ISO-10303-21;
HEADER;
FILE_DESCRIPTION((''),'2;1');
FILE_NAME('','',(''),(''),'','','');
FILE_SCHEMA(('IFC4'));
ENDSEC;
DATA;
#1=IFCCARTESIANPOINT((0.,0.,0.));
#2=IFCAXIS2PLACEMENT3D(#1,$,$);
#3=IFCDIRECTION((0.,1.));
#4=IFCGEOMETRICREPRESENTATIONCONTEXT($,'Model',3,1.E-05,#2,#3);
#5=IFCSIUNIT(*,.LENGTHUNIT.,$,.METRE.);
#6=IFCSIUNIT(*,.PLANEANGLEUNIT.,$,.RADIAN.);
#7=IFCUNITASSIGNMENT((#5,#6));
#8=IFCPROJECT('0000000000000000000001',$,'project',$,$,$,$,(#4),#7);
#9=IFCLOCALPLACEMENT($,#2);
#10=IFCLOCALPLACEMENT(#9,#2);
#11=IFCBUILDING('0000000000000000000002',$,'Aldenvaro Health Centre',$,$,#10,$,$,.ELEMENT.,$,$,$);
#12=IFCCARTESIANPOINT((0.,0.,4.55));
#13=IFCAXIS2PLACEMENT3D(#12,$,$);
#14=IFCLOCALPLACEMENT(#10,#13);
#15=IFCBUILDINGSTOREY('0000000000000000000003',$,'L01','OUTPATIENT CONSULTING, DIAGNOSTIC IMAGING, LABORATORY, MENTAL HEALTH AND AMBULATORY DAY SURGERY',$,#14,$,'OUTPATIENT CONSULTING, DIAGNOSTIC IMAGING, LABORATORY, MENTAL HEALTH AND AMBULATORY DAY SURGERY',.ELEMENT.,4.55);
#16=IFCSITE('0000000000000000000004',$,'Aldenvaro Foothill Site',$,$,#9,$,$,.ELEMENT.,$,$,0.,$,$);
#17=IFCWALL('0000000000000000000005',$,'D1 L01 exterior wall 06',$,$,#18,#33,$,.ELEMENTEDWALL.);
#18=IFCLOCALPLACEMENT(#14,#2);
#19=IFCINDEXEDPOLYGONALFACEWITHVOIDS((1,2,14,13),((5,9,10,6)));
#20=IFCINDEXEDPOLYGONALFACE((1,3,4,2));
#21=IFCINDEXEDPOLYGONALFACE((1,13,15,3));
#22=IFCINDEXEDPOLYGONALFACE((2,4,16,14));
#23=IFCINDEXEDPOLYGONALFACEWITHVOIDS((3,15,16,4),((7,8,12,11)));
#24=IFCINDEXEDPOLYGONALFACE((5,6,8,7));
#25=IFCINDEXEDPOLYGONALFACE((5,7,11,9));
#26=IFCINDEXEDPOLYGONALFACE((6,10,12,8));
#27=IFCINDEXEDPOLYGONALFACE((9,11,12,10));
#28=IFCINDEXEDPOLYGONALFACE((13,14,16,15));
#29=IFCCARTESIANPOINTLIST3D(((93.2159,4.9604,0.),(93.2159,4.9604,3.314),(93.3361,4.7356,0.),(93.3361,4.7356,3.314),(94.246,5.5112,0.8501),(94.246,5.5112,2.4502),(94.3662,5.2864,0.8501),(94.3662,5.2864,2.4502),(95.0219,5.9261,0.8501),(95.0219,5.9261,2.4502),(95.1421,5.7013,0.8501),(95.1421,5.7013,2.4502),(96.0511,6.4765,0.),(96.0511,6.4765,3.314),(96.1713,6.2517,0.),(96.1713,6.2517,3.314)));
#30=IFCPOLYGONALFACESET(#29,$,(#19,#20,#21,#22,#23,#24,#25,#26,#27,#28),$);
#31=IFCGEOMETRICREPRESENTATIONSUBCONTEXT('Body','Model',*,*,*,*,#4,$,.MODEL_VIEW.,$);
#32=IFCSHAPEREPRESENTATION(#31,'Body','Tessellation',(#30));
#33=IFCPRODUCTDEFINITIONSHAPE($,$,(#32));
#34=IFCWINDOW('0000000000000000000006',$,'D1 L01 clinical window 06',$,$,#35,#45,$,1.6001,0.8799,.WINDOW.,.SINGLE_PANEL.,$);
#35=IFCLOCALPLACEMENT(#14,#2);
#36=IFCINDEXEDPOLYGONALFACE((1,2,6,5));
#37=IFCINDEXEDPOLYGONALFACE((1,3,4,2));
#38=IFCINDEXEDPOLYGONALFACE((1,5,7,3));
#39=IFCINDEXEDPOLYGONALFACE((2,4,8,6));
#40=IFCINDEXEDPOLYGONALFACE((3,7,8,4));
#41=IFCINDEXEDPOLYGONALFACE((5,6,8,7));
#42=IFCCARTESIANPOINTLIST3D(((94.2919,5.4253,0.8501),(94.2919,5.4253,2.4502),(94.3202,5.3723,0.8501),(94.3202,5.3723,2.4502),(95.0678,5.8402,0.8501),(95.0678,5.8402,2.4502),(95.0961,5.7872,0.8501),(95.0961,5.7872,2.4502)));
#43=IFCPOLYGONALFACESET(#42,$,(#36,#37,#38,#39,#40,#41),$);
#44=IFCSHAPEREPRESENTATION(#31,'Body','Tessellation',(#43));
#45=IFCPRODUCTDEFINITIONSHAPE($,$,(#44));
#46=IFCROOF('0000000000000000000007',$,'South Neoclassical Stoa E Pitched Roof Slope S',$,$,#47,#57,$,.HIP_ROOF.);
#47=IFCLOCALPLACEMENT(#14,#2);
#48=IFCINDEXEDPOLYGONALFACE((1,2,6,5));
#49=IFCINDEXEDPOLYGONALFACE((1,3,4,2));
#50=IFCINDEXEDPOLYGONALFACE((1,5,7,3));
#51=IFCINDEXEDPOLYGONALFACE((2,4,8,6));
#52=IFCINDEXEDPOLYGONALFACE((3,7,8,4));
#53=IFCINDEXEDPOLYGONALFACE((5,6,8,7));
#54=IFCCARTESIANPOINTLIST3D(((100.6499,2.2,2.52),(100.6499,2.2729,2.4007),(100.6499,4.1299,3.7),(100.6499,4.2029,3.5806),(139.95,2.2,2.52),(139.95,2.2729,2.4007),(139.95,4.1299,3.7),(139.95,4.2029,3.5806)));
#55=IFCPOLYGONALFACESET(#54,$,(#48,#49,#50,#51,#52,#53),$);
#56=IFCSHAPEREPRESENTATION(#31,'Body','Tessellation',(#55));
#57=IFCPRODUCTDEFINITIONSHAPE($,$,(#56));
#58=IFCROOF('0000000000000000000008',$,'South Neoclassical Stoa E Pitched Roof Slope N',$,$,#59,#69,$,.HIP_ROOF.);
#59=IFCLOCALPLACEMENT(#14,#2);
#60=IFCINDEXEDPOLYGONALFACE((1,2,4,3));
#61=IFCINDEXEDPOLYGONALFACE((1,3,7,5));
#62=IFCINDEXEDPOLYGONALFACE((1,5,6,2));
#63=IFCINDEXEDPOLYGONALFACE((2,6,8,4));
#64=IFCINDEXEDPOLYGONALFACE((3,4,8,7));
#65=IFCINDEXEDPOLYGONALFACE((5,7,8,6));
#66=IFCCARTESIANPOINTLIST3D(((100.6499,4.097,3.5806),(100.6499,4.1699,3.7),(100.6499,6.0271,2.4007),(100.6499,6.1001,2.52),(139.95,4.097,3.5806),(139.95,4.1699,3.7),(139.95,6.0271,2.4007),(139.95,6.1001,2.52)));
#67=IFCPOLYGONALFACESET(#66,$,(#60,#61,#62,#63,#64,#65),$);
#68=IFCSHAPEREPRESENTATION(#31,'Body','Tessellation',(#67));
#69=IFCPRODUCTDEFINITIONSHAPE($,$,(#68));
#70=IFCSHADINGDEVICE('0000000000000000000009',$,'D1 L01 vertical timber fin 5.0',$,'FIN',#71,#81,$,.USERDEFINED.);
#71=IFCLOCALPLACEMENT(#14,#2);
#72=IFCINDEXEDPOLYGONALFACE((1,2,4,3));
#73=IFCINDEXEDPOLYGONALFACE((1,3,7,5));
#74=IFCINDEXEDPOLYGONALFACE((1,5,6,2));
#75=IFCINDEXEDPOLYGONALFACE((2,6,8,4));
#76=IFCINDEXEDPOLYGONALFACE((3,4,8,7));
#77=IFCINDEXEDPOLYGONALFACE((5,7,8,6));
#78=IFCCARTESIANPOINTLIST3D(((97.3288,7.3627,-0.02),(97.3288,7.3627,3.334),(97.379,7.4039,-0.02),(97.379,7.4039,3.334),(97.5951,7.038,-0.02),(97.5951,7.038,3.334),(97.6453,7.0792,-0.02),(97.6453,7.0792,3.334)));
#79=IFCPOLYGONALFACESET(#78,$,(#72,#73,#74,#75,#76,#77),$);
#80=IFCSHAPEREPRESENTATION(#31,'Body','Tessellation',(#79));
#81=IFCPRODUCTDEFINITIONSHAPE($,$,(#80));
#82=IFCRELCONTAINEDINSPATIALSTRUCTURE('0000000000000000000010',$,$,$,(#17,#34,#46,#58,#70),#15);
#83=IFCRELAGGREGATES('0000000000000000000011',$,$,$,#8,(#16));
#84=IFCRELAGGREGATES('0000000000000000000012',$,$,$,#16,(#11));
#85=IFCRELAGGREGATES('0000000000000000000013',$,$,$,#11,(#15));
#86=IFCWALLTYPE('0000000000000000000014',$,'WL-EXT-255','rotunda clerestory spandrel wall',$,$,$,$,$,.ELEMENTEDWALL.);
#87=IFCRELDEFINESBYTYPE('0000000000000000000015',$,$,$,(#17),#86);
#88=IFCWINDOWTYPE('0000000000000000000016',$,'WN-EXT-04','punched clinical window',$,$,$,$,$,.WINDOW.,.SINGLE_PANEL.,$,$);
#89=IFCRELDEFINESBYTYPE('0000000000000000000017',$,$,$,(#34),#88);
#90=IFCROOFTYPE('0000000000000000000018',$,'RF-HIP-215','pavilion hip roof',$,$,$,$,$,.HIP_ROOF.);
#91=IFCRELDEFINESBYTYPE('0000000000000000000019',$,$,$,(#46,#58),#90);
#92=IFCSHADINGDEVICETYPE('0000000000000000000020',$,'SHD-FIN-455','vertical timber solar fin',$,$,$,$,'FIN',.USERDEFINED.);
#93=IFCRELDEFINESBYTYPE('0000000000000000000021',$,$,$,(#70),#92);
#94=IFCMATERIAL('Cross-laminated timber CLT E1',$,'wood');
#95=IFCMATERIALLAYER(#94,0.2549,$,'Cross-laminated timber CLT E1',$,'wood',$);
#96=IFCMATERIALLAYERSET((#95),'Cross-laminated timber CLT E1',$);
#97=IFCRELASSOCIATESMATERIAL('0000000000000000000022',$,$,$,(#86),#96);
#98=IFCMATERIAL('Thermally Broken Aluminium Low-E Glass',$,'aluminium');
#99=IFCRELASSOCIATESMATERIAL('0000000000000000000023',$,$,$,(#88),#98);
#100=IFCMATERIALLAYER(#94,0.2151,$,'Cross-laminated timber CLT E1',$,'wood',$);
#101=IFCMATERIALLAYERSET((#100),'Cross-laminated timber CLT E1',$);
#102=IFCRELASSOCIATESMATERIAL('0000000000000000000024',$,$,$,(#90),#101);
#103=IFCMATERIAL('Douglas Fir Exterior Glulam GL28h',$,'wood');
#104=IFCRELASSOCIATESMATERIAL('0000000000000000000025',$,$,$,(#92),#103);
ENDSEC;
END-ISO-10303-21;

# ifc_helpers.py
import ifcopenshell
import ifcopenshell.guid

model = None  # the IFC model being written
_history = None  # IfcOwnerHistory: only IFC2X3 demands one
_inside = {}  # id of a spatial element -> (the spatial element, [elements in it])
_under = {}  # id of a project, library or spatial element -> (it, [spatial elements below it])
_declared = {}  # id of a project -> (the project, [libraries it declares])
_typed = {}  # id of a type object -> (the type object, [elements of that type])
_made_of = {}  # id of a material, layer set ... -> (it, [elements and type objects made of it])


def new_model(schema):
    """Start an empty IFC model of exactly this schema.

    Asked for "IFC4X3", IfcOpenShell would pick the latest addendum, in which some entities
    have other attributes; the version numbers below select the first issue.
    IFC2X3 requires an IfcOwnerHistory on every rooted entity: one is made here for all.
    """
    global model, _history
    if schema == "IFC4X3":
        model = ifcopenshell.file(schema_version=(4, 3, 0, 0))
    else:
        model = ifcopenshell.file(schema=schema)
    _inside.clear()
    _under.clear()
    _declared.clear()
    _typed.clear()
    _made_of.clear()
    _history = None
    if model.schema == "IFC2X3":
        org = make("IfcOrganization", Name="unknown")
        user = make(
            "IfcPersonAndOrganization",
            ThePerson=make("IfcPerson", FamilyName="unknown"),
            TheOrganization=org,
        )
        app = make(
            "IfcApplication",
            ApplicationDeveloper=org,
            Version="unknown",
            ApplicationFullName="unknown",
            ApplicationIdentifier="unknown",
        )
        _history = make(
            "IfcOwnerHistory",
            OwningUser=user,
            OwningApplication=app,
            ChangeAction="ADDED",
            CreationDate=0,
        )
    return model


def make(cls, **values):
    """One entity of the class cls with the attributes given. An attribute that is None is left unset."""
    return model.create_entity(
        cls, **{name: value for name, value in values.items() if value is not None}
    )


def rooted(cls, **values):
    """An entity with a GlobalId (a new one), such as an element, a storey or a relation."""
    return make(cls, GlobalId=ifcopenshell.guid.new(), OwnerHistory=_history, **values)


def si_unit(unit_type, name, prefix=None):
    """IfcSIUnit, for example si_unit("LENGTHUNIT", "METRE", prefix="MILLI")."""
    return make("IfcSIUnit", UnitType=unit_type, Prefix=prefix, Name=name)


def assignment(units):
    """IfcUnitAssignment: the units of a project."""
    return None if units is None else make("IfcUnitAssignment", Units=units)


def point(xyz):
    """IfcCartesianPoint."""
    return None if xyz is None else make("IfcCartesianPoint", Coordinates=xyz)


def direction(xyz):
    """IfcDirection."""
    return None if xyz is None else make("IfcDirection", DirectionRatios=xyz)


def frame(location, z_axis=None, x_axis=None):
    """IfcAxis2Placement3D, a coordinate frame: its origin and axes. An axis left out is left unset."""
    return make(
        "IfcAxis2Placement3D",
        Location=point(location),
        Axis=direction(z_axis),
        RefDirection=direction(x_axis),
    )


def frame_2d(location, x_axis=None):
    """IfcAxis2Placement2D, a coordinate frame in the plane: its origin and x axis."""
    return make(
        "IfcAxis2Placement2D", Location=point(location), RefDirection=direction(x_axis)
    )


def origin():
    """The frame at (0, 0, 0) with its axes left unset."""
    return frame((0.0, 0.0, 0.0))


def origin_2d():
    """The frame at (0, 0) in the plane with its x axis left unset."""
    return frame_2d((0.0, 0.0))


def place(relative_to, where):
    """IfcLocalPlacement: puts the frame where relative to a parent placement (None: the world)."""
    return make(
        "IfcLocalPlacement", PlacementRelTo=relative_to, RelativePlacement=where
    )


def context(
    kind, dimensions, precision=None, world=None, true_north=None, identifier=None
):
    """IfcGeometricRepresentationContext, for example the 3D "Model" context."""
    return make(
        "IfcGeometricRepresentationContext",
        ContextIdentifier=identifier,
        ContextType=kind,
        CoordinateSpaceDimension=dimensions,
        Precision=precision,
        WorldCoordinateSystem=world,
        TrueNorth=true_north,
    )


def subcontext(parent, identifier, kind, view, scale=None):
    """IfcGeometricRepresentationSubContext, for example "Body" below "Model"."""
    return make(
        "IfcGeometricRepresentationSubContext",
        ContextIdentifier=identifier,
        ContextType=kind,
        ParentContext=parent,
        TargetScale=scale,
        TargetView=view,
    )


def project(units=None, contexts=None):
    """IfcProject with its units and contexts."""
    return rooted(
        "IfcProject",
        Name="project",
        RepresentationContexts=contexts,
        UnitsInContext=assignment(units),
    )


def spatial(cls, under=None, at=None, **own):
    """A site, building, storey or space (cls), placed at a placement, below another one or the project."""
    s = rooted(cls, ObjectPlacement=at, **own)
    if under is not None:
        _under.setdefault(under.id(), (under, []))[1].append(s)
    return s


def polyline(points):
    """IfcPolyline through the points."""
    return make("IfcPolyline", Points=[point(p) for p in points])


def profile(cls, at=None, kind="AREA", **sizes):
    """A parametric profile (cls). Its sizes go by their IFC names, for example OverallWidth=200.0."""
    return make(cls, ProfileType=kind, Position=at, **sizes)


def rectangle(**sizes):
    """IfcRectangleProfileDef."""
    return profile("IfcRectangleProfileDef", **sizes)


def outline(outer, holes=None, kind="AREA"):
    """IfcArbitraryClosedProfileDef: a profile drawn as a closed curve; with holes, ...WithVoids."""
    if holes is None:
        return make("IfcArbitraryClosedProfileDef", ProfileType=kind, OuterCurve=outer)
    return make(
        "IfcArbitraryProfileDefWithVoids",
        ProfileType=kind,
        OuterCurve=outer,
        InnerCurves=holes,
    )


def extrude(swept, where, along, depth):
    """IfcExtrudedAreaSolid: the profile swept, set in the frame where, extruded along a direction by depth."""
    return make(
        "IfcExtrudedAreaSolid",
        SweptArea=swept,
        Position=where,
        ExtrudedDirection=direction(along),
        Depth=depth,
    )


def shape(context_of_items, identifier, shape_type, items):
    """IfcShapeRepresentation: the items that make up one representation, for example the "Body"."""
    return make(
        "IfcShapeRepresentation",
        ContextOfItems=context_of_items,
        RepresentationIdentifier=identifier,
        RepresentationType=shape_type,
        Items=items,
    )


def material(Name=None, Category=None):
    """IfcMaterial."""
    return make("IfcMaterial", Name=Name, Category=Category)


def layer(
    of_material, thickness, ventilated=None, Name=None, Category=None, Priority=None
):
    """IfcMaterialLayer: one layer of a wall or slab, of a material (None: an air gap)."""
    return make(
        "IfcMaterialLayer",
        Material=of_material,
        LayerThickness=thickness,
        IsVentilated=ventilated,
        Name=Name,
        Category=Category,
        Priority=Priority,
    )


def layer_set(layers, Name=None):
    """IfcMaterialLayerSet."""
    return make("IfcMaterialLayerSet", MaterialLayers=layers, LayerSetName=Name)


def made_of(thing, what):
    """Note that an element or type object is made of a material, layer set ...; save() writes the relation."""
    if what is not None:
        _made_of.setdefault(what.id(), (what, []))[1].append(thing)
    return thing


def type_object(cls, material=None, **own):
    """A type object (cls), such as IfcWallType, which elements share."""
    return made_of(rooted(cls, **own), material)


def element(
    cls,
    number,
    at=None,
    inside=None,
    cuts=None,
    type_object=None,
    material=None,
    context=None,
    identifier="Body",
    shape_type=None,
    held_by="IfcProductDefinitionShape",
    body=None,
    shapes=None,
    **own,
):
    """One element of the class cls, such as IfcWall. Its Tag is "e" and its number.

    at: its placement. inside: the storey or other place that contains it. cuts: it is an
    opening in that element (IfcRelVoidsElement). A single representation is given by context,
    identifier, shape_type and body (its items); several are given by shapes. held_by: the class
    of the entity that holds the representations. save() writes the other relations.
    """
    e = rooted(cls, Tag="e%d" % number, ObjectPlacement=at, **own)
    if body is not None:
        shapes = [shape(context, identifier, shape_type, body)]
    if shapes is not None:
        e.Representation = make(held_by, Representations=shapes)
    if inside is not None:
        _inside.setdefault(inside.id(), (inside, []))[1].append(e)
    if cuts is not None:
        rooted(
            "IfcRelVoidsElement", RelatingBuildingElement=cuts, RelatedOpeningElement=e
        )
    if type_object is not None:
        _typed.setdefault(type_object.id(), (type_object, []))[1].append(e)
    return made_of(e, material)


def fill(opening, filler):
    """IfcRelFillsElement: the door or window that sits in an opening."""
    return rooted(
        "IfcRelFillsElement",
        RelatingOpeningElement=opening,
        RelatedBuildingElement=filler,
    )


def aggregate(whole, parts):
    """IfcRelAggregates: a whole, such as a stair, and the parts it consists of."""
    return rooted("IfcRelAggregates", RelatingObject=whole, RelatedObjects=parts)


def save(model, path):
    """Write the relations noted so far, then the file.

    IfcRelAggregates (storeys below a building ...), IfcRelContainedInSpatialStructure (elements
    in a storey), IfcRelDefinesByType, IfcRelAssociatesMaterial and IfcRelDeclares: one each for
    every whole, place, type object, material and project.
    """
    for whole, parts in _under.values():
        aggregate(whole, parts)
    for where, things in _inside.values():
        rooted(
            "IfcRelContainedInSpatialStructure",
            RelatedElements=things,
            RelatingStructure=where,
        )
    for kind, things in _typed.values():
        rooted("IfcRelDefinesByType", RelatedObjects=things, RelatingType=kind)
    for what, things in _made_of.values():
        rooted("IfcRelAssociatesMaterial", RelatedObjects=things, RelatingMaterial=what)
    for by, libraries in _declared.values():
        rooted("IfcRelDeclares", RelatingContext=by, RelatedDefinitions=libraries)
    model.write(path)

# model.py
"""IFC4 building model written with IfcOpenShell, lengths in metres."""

from ifc_helpers import new_model, si_unit, direction, frame, frame_2d, origin, origin_2d, place, context, subcontext, project, spatial, polyline, rectangle, outline, extrude, material, layer, layer_set, type_object, element, fill, save


model = new_model("IFC4")

# Units and contexts
model_context = context("Model", 3, precision=1e-05, world=origin(), true_north=direction((0.0, 1.0)))
body_context = subcontext(model_context, "Body", "Model", "MODEL_VIEW")
ifc_project = project(units=[si_unit("LENGTHUNIT", "METRE"), si_unit("PLANEANGLEUNIT", "RADIAN")], contexts=[model_context])

# Site, building, storey
site_placement = place(None, origin())
site = spatial("IfcSite", under=ifc_project, at=site_placement, Name="Aldenvaro Foothill Site", CompositionType="ELEMENT", RefElevation=0.0)
building_placement = place(site_placement, origin())
building = spatial("IfcBuilding", under=site, at=building_placement, Name="Aldenvaro Health Centre", CompositionType="ELEMENT")
storey_placement = place(building_placement, frame((0.0, 0.0, 4.55)))
storey = spatial("IfcBuildingStorey", under=building, at=storey_placement, Name="L01", Description="OUTPATIENT CONSULTING, DIAGNOSTIC IMAGING, LABORATORY, MENTAL HEALTH AND AMBULATORY DAY SURGERY", LongName="OUTPATIENT CONSULTING, DIAGNOSTIC IMAGING, LABORATORY, MENTAL HEALTH AND AMBULATORY DAY SURGERY", CompositionType="ELEMENT", Elevation=4.55)

# Wall, opening, window
ifc_material_1 = material(Name="Cross-laminated timber CLT E1", Category="wood")
ifc_layer_1 = layer(ifc_material_1, 0.2549, Name="Cross-laminated timber CLT E1", Category="wood")
ifc_layer_set_1 = layer_set([ifc_layer_1], Name="Cross-laminated timber CLT E1")
wall_type = type_object("IfcWallType", Name="WL-EXT-255", Description="rotunda clerestory spandrel wall", PredefinedType="ELEMENTEDWALL", material=ifc_layer_set_1)
wall_placement = place(storey_placement, frame((96.1111, 6.364, 0.0), z_axis=(0.0, 0.0, 1.0), x_axis=(-0.881835, -0.471558, 0.0)))
wall = element("IfcWall", 1, at=wall_placement, inside=storey, type_object=wall_type, Name="D1 L01 exterior wall 06", PredefinedType="ELEMENTEDWALL", context=body_context, shape_type="SweptSolid", body=[
    extrude(rectangle(XDim=3.2151, YDim=0.2549, at=frame_2d((1.6074, 0.0))), origin(), (0.0, 0.0, 1.0), 3.314),
])
opening_placement = place(wall_placement, frame((1.167, 0.0, 0.8501)))
opening = element("IfcOpeningElement", 2, at=opening_placement, cuts=wall, PredefinedType="OPENING", context=body_context, shape_type="SweptSolid", body=[
    extrude(rectangle(XDim=0.8799, YDim=1.6001, at=frame_2d((0.4399, 0.8))), frame((0.0, 0.1375, 0.0), z_axis=(0.0, -1.0, 0.0), x_axis=(1.0, 0.0, 0.0)), (0.0, 0.0, 1.0), 0.2749),
])
ifc_material_2 = material(Name="Thermally Broken Aluminium Low-E Glass", Category="aluminium")
window_type = type_object("IfcWindowType", Name="WN-EXT-04", Description="punched clinical window", PartitioningType="SINGLE_PANEL", PredefinedType="WINDOW", material=ifc_material_2)
window_placement = place(opening_placement, origin())
window = element("IfcWindow", 3, at=window_placement, inside=storey, type_object=window_type, Name="D1 L01 clinical window 06", OverallHeight=1.6001, OverallWidth=0.8799, PartitioningType="SINGLE_PANEL", PredefinedType="WINDOW", context=body_context, shape_type="SweptSolid", body=[
    extrude(rectangle(XDim=0.8799, YDim=1.6001, at=frame_2d((0.4399, 0.8))), frame((0.0, 0.03, 0.0), z_axis=(0.0, -1.0, 0.0), x_axis=(1.0, 0.0, 0.0)), (0.0, 0.0, 1.0), 0.0601),
])
fill(opening, window)

# Roofs
ifc_layer_2 = layer(ifc_material_1, 0.2151, Name="Cross-laminated timber CLT E1", Category="wood")
ifc_layer_set_2 = layer_set([ifc_layer_2], Name="Cross-laminated timber CLT E1")
roof_type = type_object("IfcRoofType", Name="RF-HIP-215", Description="pavilion hip roof", PredefinedType="HIP_ROOF", material=ifc_layer_set_2)
roof_1_placement = place(storey_placement, frame((100.6499, 2.2, 2.52), z_axis=(0.0, -0.52162, 0.853178), x_axis=(1.0, 0.0, 0.0)))
element("IfcRoof", 4, at=roof_1_placement, inside=storey, type_object=roof_type, Name="South Neoclassical Stoa E Pitched Roof Slope S", PredefinedType="HIP_ROOF", context=body_context, shape_type="SweptSolid", body=[
    extrude(outline(polyline([(0.0, 0.0), (39.3, 0.0), (39.3, 2.2621), (0.0, 2.2621), (0.0, 0.0)])), origin(), (0.0, 0.0, -1.0), 0.1399),
])
roof_2_placement = place(storey_placement, frame((100.6499, 4.1699, 3.7), z_axis=(0.0, 0.521572, 0.853207), x_axis=(1.0, 0.0, 0.0)))
element("IfcRoof", 5, at=roof_2_placement, inside=storey, type_object=roof_type, Name="South Neoclassical Stoa E Pitched Roof Slope N", PredefinedType="HIP_ROOF", context=body_context, shape_type="SweptSolid", body=[
    extrude(outline(polyline([(0.0, 0.0), (39.3, 0.0), (39.3, 2.2623), (0.0, 2.2623), (0.0, 0.0)])), origin(), (0.0, 0.0, -1.0), 0.1399),
])

# Shading device
ifc_material_3 = material(Name="Douglas Fir Exterior Glulam GL28h", Category="wood")
shading_device_type = type_object("IfcShadingDeviceType", Name="SHD-FIN-455", Description="vertical timber solar fin", ElementType="FIN", PredefinedType="USERDEFINED", material=ifc_material_3)
shading_device_placement = place(storey_placement, frame((97.4871, 7.2209, -0.02), z_axis=(0.0, 0.0, 1.0), x_axis=(-0.773195, -0.634169, 0.0)))
element("IfcShadingDevice", 6, at=shading_device_placement, inside=storey, type_object=shading_device_type, Name="D1 L01 vertical timber fin 5.0", ObjectType="FIN", PredefinedType="USERDEFINED", context=body_context, shape_type="SweptSolid", body=[
    extrude(rectangle(XDim=0.0649, YDim=0.4199, at=origin_2d()), origin(), (0.0, 0.0, 1.0), 3.354),
])

save(model, "model.ifc")
